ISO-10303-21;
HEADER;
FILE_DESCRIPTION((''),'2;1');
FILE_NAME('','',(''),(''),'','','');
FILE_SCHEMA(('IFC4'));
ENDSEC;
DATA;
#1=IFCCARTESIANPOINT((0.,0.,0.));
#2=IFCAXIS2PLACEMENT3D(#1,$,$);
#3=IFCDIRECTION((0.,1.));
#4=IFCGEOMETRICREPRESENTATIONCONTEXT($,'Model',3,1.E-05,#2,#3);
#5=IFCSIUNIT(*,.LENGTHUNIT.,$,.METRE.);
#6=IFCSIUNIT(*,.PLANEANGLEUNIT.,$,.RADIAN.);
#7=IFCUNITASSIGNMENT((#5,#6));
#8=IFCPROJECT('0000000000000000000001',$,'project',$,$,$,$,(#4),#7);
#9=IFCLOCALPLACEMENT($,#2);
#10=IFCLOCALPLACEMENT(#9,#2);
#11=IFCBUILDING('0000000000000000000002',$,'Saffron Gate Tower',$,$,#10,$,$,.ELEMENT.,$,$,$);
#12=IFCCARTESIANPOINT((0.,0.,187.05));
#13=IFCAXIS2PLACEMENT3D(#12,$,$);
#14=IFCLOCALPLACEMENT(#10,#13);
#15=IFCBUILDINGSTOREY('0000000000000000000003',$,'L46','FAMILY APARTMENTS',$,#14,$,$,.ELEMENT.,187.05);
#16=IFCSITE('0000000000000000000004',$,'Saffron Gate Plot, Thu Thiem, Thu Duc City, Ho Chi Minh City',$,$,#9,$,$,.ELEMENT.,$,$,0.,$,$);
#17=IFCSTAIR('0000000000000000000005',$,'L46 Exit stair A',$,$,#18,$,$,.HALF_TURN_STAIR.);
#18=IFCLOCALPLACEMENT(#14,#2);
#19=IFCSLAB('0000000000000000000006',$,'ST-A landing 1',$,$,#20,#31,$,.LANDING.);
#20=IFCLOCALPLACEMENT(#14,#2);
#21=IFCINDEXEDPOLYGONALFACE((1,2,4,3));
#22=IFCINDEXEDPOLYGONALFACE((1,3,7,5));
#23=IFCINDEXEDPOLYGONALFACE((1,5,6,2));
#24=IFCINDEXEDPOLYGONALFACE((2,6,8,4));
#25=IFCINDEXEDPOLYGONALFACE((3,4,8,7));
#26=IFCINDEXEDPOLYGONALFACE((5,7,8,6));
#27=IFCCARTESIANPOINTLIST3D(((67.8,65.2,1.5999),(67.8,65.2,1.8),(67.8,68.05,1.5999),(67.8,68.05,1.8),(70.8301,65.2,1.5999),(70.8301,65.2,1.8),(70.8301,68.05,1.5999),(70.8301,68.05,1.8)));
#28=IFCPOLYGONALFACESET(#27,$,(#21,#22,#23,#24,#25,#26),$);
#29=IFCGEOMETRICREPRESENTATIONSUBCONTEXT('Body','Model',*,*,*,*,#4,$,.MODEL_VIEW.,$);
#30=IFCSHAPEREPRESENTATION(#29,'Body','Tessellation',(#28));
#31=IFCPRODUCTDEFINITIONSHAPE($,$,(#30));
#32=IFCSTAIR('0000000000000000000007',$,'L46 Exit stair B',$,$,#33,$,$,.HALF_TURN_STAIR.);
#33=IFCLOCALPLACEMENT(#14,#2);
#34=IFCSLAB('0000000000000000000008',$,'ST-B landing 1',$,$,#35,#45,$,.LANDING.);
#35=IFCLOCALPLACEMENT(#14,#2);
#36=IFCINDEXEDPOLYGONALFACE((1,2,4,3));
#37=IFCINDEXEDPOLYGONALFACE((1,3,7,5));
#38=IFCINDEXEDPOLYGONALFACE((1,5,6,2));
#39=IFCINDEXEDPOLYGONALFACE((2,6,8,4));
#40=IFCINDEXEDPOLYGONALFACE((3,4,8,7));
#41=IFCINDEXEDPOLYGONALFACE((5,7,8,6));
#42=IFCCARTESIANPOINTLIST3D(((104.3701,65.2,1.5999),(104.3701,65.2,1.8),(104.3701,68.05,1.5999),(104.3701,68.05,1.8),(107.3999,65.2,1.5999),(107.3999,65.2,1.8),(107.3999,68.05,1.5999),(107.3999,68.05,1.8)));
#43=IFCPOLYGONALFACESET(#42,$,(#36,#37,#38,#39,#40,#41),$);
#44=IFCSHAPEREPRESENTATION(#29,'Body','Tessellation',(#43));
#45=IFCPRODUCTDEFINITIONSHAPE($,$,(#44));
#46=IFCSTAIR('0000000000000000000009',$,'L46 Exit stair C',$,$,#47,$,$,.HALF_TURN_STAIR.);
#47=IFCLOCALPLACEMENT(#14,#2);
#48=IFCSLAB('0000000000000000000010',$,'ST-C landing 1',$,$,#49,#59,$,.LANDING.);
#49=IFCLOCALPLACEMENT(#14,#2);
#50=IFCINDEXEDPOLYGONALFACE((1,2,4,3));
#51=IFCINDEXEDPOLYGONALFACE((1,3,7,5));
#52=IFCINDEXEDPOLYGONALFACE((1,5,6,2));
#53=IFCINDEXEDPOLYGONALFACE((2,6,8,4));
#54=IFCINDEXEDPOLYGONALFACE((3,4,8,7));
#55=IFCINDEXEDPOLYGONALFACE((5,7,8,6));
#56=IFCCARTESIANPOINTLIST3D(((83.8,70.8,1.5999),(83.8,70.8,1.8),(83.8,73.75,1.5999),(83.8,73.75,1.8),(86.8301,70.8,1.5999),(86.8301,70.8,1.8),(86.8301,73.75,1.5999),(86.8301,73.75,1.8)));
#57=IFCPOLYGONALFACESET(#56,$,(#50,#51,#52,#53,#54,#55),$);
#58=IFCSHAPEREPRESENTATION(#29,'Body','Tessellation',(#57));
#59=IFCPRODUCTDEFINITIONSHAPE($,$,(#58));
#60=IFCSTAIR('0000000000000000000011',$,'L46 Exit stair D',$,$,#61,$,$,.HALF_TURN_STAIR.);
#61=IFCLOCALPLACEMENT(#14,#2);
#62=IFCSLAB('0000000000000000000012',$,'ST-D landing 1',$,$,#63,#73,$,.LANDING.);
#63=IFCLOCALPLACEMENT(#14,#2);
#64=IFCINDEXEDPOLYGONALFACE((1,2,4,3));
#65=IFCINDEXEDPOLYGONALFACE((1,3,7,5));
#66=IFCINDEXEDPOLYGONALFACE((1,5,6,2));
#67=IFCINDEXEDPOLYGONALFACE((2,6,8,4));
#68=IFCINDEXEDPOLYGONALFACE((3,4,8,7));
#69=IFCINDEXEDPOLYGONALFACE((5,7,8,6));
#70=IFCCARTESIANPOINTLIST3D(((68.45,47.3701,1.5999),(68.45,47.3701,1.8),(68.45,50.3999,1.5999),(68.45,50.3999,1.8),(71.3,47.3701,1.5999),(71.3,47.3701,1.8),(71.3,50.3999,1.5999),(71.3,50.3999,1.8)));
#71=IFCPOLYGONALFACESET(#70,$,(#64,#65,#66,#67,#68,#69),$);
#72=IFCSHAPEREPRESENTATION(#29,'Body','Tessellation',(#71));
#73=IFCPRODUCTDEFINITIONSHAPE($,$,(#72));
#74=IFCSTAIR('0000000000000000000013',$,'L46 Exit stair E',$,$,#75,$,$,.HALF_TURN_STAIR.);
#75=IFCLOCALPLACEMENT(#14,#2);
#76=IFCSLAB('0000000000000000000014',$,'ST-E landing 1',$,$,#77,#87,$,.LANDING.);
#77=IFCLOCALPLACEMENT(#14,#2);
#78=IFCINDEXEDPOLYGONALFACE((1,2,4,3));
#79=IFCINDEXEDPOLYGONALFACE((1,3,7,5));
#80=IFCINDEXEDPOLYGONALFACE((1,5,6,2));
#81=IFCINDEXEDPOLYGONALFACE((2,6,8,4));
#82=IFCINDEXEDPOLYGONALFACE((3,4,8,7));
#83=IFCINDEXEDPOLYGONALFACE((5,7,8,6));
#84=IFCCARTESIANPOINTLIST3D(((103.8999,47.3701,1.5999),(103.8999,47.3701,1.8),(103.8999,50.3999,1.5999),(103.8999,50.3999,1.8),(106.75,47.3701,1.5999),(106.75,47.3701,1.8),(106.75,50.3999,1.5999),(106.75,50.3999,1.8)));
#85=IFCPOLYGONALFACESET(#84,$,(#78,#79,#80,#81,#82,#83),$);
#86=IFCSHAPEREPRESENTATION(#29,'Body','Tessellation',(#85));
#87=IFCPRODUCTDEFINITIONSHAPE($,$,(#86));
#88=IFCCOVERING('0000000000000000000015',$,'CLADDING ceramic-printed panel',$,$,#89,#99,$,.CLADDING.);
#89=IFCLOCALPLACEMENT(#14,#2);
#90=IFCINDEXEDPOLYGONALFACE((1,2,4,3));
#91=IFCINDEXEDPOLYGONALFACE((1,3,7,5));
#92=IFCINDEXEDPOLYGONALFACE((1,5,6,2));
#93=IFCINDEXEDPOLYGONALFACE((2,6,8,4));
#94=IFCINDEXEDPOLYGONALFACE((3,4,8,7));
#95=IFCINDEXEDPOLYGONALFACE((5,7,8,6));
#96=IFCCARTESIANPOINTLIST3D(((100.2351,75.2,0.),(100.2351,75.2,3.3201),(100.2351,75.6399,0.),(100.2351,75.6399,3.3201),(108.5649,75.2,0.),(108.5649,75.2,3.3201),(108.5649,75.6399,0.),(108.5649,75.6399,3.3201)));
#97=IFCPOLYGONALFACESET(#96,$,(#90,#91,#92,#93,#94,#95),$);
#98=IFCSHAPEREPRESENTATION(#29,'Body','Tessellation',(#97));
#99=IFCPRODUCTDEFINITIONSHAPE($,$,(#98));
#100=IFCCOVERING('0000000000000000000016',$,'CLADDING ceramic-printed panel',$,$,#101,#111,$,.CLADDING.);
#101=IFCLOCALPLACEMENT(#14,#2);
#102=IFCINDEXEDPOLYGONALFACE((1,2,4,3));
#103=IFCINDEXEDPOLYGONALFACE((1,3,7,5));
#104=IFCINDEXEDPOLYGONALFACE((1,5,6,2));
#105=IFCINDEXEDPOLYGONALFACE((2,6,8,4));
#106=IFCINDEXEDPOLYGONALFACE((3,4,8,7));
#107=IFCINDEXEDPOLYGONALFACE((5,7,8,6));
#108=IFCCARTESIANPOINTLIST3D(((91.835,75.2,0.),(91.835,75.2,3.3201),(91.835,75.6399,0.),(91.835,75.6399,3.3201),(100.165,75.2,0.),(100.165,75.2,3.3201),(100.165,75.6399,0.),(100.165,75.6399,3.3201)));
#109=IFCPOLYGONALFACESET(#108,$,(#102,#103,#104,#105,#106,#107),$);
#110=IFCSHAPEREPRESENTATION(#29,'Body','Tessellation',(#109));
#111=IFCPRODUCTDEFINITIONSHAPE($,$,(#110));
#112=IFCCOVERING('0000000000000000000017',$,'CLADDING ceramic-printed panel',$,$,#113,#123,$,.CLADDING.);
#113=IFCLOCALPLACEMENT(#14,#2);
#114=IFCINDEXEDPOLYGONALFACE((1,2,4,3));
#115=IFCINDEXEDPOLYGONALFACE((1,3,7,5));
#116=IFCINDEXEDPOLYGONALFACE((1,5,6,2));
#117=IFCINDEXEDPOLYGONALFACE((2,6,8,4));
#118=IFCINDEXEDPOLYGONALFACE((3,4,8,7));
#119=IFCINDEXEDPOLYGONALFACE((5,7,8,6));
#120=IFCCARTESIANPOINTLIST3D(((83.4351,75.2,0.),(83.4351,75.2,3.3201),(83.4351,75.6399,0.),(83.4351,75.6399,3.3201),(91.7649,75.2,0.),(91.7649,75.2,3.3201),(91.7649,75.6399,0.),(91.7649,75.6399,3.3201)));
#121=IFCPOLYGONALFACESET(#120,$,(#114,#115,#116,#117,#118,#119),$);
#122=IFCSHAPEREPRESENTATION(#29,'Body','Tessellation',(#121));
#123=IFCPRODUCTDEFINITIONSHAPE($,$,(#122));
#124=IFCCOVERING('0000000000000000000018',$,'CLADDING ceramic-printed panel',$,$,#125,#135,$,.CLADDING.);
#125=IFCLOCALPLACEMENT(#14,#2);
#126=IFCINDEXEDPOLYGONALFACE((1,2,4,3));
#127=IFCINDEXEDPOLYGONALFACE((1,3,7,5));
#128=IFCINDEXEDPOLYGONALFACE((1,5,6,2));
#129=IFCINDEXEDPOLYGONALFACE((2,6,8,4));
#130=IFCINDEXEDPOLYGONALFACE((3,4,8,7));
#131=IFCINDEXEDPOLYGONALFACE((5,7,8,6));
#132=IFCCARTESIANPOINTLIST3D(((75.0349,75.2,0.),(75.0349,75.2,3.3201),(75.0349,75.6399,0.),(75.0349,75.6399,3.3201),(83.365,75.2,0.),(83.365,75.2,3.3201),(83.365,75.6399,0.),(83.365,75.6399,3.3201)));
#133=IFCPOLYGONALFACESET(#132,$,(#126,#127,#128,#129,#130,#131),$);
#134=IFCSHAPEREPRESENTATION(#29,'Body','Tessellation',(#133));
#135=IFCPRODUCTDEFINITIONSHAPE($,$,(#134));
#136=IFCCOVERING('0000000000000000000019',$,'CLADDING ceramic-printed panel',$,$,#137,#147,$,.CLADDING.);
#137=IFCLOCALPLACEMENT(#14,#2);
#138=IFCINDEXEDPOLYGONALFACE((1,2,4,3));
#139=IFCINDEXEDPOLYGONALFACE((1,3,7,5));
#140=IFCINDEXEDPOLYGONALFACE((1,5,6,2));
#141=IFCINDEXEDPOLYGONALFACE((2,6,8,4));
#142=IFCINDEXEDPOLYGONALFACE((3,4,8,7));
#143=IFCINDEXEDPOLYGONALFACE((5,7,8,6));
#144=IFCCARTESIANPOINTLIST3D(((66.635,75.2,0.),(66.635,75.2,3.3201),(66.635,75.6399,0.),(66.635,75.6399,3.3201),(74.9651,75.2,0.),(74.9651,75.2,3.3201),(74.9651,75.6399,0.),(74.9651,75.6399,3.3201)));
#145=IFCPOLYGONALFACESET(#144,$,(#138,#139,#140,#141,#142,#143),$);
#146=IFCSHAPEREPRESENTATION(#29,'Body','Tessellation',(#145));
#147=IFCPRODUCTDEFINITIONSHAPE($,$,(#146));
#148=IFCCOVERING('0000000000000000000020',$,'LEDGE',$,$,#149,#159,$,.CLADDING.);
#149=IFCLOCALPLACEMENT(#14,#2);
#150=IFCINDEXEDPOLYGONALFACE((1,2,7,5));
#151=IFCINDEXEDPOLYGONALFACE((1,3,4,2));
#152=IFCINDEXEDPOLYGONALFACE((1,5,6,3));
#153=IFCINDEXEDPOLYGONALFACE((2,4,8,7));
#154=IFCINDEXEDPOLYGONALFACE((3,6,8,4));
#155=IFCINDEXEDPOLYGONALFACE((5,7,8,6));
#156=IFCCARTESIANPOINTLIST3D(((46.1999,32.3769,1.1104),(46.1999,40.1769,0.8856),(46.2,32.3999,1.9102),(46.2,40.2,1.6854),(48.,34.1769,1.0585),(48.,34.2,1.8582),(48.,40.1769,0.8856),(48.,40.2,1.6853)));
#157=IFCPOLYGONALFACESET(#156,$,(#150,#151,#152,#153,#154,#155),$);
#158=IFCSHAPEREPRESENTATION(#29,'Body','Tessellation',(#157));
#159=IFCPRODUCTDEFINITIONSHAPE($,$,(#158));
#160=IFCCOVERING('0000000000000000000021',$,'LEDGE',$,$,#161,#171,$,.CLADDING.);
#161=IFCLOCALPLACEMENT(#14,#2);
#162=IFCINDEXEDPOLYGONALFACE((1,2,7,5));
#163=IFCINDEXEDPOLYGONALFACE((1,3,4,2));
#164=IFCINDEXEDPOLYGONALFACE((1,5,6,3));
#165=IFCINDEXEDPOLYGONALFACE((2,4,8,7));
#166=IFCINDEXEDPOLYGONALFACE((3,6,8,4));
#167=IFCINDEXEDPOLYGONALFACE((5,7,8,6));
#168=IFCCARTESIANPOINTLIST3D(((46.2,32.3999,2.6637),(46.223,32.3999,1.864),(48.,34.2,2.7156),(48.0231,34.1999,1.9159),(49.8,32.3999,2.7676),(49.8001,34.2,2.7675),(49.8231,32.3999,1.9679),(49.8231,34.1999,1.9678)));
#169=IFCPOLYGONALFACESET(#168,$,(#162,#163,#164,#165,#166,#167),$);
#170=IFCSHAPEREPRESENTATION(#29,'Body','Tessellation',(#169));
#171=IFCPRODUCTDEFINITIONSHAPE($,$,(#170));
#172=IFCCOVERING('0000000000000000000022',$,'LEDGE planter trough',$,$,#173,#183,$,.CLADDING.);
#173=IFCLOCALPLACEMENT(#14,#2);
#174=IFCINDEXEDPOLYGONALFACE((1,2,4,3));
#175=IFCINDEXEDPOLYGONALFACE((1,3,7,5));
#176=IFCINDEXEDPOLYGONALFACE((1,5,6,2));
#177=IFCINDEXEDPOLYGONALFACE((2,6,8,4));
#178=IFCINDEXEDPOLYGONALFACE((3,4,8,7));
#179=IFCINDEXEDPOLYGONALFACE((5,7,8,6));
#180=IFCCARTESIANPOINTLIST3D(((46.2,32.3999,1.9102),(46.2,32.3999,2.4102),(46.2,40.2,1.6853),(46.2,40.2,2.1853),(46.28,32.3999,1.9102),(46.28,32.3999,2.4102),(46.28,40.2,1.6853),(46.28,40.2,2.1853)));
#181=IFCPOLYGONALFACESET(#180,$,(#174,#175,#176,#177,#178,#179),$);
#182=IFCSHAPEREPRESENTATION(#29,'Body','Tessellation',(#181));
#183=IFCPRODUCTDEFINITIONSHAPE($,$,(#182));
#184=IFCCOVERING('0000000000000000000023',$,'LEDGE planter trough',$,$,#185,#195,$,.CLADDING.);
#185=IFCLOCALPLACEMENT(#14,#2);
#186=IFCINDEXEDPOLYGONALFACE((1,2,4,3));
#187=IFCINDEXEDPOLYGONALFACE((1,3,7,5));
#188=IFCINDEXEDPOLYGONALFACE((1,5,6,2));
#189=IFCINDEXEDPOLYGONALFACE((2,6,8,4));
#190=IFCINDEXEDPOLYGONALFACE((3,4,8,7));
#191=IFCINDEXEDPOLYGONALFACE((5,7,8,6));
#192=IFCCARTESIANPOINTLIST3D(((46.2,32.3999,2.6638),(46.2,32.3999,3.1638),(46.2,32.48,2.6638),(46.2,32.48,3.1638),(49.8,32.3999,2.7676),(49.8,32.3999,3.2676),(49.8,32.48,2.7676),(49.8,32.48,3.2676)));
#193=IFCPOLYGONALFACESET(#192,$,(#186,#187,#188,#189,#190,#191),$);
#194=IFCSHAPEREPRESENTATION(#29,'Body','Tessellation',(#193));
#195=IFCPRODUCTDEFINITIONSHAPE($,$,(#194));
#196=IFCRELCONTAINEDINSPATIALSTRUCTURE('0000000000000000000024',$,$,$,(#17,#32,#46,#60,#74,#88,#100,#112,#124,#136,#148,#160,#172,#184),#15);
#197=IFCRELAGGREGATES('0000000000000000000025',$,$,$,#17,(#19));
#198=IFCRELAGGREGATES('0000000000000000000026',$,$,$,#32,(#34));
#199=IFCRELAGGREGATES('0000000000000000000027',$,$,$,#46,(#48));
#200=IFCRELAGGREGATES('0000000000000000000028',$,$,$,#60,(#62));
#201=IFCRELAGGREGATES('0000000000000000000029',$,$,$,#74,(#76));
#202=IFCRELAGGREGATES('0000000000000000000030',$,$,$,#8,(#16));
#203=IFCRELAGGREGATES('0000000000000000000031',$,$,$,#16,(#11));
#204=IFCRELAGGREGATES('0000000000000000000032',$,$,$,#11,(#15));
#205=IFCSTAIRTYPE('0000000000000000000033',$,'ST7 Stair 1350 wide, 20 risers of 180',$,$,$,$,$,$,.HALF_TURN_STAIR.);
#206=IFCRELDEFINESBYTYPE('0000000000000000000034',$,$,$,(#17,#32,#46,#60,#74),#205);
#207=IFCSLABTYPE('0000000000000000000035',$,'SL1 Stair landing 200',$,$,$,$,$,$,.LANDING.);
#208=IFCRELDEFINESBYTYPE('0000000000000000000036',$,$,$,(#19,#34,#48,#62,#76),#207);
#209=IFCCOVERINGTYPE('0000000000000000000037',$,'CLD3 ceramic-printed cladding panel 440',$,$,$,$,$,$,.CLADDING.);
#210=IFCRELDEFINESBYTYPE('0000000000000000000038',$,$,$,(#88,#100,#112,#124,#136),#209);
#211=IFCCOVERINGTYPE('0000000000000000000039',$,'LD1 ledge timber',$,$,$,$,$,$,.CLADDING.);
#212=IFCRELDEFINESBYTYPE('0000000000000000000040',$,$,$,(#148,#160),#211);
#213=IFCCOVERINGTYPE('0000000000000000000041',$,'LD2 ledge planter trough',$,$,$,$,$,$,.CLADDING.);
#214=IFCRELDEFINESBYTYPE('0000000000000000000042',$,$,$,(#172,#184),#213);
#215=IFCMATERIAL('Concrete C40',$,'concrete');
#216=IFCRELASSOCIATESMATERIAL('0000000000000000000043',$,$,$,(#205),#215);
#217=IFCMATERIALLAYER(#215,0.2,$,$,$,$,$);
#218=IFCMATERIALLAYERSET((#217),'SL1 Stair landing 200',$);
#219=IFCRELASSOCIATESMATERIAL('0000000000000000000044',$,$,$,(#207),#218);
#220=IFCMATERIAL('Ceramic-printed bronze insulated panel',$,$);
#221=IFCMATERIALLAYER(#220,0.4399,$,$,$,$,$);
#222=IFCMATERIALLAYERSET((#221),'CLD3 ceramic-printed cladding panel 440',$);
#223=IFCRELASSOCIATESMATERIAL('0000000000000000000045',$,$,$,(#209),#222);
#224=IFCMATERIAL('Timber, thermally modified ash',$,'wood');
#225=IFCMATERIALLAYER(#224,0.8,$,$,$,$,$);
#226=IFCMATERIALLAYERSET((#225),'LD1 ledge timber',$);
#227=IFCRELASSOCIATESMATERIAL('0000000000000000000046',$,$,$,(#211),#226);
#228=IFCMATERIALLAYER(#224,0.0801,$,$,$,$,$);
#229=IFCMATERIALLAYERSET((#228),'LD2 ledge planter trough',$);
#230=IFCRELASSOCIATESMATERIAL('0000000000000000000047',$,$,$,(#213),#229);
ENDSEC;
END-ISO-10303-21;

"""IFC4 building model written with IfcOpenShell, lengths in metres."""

from ifc_helpers import new_model, si_unit, direction, frame, origin, place, context, subcontext, project, spatial, polyline, outline, extrude, material, layer, layer_set, type_object, element, aggregate, save


model = new_model("IFC4")

# Units and contexts
model_context = context("Model", 3, precision=1e-05, world=origin(), true_north=direction((0.0, 1.0)))
body_context = subcontext(model_context, "Body", "Model", "MODEL_VIEW")
ifc_project = project(units=[si_unit("LENGTHUNIT", "METRE"), si_unit("PLANEANGLEUNIT", "RADIAN")], contexts=[model_context])

# Site, building, storey
site_placement = place(None, origin())
site = spatial("IfcSite", under=ifc_project, at=site_placement, Name="Saffron Gate Plot, Thu Thiem, Thu Duc City, Ho Chi Minh City", CompositionType="ELEMENT", RefElevation=0.0)
building_placement = place(site_placement, origin())
building = spatial("IfcBuilding", under=site, at=building_placement, Name="Saffron Gate Tower", CompositionType="ELEMENT")
storey_placement = place(building_placement, frame((0.0, 0.0, 187.05)))
storey = spatial("IfcBuildingStorey", under=building, at=storey_placement, Name="L46", Description="FAMILY APARTMENTS", CompositionType="ELEMENT", Elevation=187.05)

# Shared definitions
ifc_material_1 = material(Name="Concrete C40", Category="concrete")

# Stairs, slabs
stair_type = type_object("IfcStairType", Name="ST7 Stair 1350 wide, 20 risers of 180", PredefinedType="HALF_TURN_STAIR", material=ifc_material_1)
stair_1_placement = place(storey_placement, origin())
stair_1 = element("IfcStair", 1, at=stair_1_placement, inside=storey, type_object=stair_type, Name="L46 Exit stair A", PredefinedType="HALF_TURN_STAIR")
ifc_layer_1 = layer(ifc_material_1, 0.2)
ifc_layer_set_1 = layer_set([ifc_layer_1], Name="SL1 Stair landing 200")
slab_type_1 = type_object("IfcSlabType", Name="SL1 Stair landing 200", PredefinedType="LANDING", material=ifc_layer_set_1)
slab_1_placement = place(storey_placement, frame((0.0, 0.0, 1.5999)))
slab_1 = element("IfcSlab", 2, at=slab_1_placement, type_object=slab_type_1, Name="ST-A landing 1", PredefinedType="LANDING", context=body_context, shape_type="SweptSolid", body=[
    extrude(outline(polyline([(70.8301, 68.05), (67.8, 68.05), (67.8, 65.2), (70.8301, 65.2), (70.8301, 68.05)])), origin(), (0.0, 0.0, 1.0), 0.2002),
])
aggregate(stair_1, [slab_1])
stair_2_placement = place(storey_placement, origin())
stair_2 = element("IfcStair", 3, at=stair_2_placement, inside=storey, type_object=stair_type, Name="L46 Exit stair B", PredefinedType="HALF_TURN_STAIR")
slab_2_placement = place(storey_placement, frame((0.0, 0.0, 1.5999)))
slab_2 = element("IfcSlab", 4, at=slab_2_placement, type_object=slab_type_1, Name="ST-B landing 1", PredefinedType="LANDING", context=body_context, shape_type="SweptSolid", body=[
    extrude(outline(polyline([(104.3701, 65.2), (107.3999, 65.2), (107.3999, 68.05), (104.3701, 68.05), (104.3701, 65.2)])), origin(), (0.0, 0.0, 1.0), 0.2002),
])
aggregate(stair_2, [slab_2])
stair_3_placement = place(storey_placement, origin())
stair_3 = element("IfcStair", 5, at=stair_3_placement, inside=storey, type_object=stair_type, Name="L46 Exit stair C", PredefinedType="HALF_TURN_STAIR")
slab_3_placement = place(storey_placement, frame((0.0, 0.0, 1.5999)))
slab_3 = element("IfcSlab", 6, at=slab_3_placement, type_object=slab_type_1, Name="ST-C landing 1", PredefinedType="LANDING", context=body_context, shape_type="SweptSolid", body=[
    extrude(outline(polyline([(86.8301, 73.75), (83.8, 73.75), (83.8, 70.8), (86.8301, 70.8), (86.8301, 73.75)])), origin(), (0.0, 0.0, 1.0), 0.2002),
])
aggregate(stair_3, [slab_3])
stair_4_placement = place(storey_placement, origin())
stair_4 = element("IfcStair", 7, at=stair_4_placement, inside=storey, type_object=stair_type, Name="L46 Exit stair D", PredefinedType="HALF_TURN_STAIR")
slab_4_placement = place(storey_placement, frame((0.0, 0.0, 1.5999)))
slab_4 = element("IfcSlab", 8, at=slab_4_placement, type_object=slab_type_1, Name="ST-D landing 1", PredefinedType="LANDING", context=body_context, shape_type="SweptSolid", body=[
    extrude(outline(polyline([(71.3, 47.3701), (71.3, 50.3999), (68.45, 50.3999), (68.45, 47.3701), (71.3, 47.3701)])), origin(), (0.0, 0.0, 1.0), 0.2002),
])
aggregate(stair_4, [slab_4])
stair_5_placement = place(storey_placement, origin())
stair_5 = element("IfcStair", 9, at=stair_5_placement, inside=storey, type_object=stair_type, Name="L46 Exit stair E", PredefinedType="HALF_TURN_STAIR")
slab_5_placement = place(storey_placement, frame((0.0, 0.0, 1.5999)))
slab_5 = element("IfcSlab", 10, at=slab_5_placement, type_object=slab_type_1, Name="ST-E landing 1", PredefinedType="LANDING", context=body_context, shape_type="SweptSolid", body=[
    extrude(outline(polyline([(106.75, 47.3701), (106.75, 50.3999), (103.8999, 50.3999), (103.8999, 47.3701), (106.75, 47.3701)])), origin(), (0.0, 0.0, 1.0), 0.2002),
])
aggregate(stair_5, [slab_5])

# Coverings
ifc_material_2 = material(Name="Ceramic-printed bronze insulated panel")
ifc_layer_2 = layer(ifc_material_2, 0.4399)
ifc_layer_set_2 = layer_set([ifc_layer_2], Name="CLD3 ceramic-printed cladding panel 440")
covering_type_1 = type_object("IfcCoveringType", Name="CLD3 ceramic-printed cladding panel 440", PredefinedType="CLADDING", material=ifc_layer_set_2)
covering_1_placement = place(storey_placement, origin())
element("IfcCovering", 11, at=covering_1_placement, inside=storey, type_object=covering_type_1, Name="CLADDING ceramic-printed panel", PredefinedType="CLADDING", context=body_context, shape_type="SweptSolid", body=[
    extrude(outline(polyline([(108.5649, 75.6399), (100.2351, 75.6399), (100.2351, 75.2), (108.5649, 75.2), (108.5649, 75.6399)])), origin(), (0.0, 0.0, 1.0), 3.3201),
])
covering_2_placement = place(storey_placement, origin())
element("IfcCovering", 12, at=covering_2_placement, inside=storey, type_object=covering_type_1, Name="CLADDING ceramic-printed panel", PredefinedType="CLADDING", context=body_context, shape_type="SweptSolid", body=[
    extrude(outline(polyline([(100.165, 75.6399), (91.835, 75.6399), (91.835, 75.2), (100.165, 75.2), (100.165, 75.6399)])), origin(), (0.0, 0.0, 1.0), 3.3201),
])
covering_3_placement = place(storey_placement, origin())
element("IfcCovering", 13, at=covering_3_placement, inside=storey, type_object=covering_type_1, Name="CLADDING ceramic-printed panel", PredefinedType="CLADDING", context=body_context, shape_type="SweptSolid", body=[
    extrude(outline(polyline([(91.7649, 75.6399), (83.4351, 75.6399), (83.4351, 75.2), (91.7649, 75.2), (91.7649, 75.6399)])), origin(), (0.0, 0.0, 1.0), 3.3201),
])
covering_4_placement = place(storey_placement, origin())
element("IfcCovering", 14, at=covering_4_placement, inside=storey, type_object=covering_type_1, Name="CLADDING ceramic-printed panel", PredefinedType="CLADDING", context=body_context, shape_type="SweptSolid", body=[
    extrude(outline(polyline([(83.365, 75.6399), (75.0349, 75.6399), (75.0349, 75.2), (83.365, 75.2), (83.365, 75.6399)])), origin(), (0.0, 0.0, 1.0), 3.3201),
])
covering_5_placement = place(storey_placement, origin())
element("IfcCovering", 15, at=covering_5_placement, inside=storey, type_object=covering_type_1, Name="CLADDING ceramic-printed panel", PredefinedType="CLADDING", context=body_context, shape_type="SweptSolid", body=[
    extrude(outline(polyline([(74.9651, 75.6399), (66.635, 75.6399), (66.635, 75.2), (74.9651, 75.2), (74.9651, 75.6399)])), origin(), (0.0, 0.0, 1.0), 3.3201),
])
ifc_material_3 = material(Name="Timber, thermally modified ash", Category="wood")
ifc_layer_3 = layer(ifc_material_3, 0.8)
ifc_layer_set_3 = layer_set([ifc_layer_3], Name="LD1 ledge timber")
covering_type_2 = type_object("IfcCoveringType", Name="LD1 ledge timber", PredefinedType="CLADDING", material=ifc_layer_set_3)
covering_6_placement = place(storey_placement, frame((48.0, 40.2, 1.6853), z_axis=(0.000035, 0.028807, 0.999585), x_axis=(0.0, -0.999585, 0.028807)))
element("IfcCovering", 16, at=covering_6_placement, inside=storey, type_object=covering_type_2, Name="LEDGE", PredefinedType="CLADDING", context=body_context, shape_type="SweptSolid", body=[
    extrude(outline(polyline([(0.0, 0.0), (6.0025, 0.0), (7.8033, -1.8), (0.0, -1.8), (0.0, 0.0)])), origin(), (0.0, 0.0, -1.0), 0.8),
])
covering_7_placement = place(storey_placement, frame((48.0, 34.2, 2.7156), z_axis=(-0.028832, 0.000045, 0.999584), x_axis=(0.999584, 0.0, 0.028832)))
element("IfcCovering", 17, at=covering_7_placement, inside=storey, type_object=covering_type_2, Name="LEDGE", PredefinedType="CLADDING", context=body_context, shape_type="SweptSolid", body=[
    extrude(outline(polyline([(0.0, 0.0), (1.8008, 0.0), (1.8008, -1.8), (-1.8008, -1.8), (0.0, 0.0)])), origin(), (0.0, 0.0, -1.0), 0.8),
])
ifc_layer_4 = layer(ifc_material_3, 0.0801)
ifc_layer_set_4 = layer_set([ifc_layer_4], Name="LD2 ledge planter trough")
covering_type_3 = type_object("IfcCoveringType", Name="LD2 ledge planter trough", PredefinedType="CLADDING", material=ifc_layer_set_4)
covering_8_placement = place(storey_placement, frame((46.2, 40.2, 1.6853), z_axis=(-1.0, 0.0, 0.0), x_axis=(0.0, -0.999585, 0.028815)))
element("IfcCovering", 18, at=covering_8_placement, inside=storey, type_object=covering_type_3, Name="LEDGE planter trough", PredefinedType="CLADDING", context=body_context, shape_type="SweptSolid", body=[
    extrude(outline(polyline([(0.0, 0.0), (7.8033, 0.0), (7.8177, 0.4998), (0.0144, 0.4998), (0.0, 0.0)])), origin(), (0.0, 0.0, -1.0), 0.0801),
])
covering_9_placement = place(storey_placement, frame((46.2, 32.3999, 2.6638), z_axis=(0.0, -1.0, 0.0), x_axis=(0.999585, 0.0, 0.028809)))
element("IfcCovering", 19, at=covering_9_placement, inside=storey, type_object=covering_type_3, Name="LEDGE planter trough", PredefinedType="CLADDING", context=body_context, shape_type="SweptSolid", body=[
    extrude(outline(polyline([(0.0, 0.0), (3.6016, 0.0), (3.616, 0.4998), (0.0144, 0.4998), (0.0, 0.0)])), origin(), (0.0, 0.0, -1.0), 0.0801),
])

save(model, "model.ifc")
